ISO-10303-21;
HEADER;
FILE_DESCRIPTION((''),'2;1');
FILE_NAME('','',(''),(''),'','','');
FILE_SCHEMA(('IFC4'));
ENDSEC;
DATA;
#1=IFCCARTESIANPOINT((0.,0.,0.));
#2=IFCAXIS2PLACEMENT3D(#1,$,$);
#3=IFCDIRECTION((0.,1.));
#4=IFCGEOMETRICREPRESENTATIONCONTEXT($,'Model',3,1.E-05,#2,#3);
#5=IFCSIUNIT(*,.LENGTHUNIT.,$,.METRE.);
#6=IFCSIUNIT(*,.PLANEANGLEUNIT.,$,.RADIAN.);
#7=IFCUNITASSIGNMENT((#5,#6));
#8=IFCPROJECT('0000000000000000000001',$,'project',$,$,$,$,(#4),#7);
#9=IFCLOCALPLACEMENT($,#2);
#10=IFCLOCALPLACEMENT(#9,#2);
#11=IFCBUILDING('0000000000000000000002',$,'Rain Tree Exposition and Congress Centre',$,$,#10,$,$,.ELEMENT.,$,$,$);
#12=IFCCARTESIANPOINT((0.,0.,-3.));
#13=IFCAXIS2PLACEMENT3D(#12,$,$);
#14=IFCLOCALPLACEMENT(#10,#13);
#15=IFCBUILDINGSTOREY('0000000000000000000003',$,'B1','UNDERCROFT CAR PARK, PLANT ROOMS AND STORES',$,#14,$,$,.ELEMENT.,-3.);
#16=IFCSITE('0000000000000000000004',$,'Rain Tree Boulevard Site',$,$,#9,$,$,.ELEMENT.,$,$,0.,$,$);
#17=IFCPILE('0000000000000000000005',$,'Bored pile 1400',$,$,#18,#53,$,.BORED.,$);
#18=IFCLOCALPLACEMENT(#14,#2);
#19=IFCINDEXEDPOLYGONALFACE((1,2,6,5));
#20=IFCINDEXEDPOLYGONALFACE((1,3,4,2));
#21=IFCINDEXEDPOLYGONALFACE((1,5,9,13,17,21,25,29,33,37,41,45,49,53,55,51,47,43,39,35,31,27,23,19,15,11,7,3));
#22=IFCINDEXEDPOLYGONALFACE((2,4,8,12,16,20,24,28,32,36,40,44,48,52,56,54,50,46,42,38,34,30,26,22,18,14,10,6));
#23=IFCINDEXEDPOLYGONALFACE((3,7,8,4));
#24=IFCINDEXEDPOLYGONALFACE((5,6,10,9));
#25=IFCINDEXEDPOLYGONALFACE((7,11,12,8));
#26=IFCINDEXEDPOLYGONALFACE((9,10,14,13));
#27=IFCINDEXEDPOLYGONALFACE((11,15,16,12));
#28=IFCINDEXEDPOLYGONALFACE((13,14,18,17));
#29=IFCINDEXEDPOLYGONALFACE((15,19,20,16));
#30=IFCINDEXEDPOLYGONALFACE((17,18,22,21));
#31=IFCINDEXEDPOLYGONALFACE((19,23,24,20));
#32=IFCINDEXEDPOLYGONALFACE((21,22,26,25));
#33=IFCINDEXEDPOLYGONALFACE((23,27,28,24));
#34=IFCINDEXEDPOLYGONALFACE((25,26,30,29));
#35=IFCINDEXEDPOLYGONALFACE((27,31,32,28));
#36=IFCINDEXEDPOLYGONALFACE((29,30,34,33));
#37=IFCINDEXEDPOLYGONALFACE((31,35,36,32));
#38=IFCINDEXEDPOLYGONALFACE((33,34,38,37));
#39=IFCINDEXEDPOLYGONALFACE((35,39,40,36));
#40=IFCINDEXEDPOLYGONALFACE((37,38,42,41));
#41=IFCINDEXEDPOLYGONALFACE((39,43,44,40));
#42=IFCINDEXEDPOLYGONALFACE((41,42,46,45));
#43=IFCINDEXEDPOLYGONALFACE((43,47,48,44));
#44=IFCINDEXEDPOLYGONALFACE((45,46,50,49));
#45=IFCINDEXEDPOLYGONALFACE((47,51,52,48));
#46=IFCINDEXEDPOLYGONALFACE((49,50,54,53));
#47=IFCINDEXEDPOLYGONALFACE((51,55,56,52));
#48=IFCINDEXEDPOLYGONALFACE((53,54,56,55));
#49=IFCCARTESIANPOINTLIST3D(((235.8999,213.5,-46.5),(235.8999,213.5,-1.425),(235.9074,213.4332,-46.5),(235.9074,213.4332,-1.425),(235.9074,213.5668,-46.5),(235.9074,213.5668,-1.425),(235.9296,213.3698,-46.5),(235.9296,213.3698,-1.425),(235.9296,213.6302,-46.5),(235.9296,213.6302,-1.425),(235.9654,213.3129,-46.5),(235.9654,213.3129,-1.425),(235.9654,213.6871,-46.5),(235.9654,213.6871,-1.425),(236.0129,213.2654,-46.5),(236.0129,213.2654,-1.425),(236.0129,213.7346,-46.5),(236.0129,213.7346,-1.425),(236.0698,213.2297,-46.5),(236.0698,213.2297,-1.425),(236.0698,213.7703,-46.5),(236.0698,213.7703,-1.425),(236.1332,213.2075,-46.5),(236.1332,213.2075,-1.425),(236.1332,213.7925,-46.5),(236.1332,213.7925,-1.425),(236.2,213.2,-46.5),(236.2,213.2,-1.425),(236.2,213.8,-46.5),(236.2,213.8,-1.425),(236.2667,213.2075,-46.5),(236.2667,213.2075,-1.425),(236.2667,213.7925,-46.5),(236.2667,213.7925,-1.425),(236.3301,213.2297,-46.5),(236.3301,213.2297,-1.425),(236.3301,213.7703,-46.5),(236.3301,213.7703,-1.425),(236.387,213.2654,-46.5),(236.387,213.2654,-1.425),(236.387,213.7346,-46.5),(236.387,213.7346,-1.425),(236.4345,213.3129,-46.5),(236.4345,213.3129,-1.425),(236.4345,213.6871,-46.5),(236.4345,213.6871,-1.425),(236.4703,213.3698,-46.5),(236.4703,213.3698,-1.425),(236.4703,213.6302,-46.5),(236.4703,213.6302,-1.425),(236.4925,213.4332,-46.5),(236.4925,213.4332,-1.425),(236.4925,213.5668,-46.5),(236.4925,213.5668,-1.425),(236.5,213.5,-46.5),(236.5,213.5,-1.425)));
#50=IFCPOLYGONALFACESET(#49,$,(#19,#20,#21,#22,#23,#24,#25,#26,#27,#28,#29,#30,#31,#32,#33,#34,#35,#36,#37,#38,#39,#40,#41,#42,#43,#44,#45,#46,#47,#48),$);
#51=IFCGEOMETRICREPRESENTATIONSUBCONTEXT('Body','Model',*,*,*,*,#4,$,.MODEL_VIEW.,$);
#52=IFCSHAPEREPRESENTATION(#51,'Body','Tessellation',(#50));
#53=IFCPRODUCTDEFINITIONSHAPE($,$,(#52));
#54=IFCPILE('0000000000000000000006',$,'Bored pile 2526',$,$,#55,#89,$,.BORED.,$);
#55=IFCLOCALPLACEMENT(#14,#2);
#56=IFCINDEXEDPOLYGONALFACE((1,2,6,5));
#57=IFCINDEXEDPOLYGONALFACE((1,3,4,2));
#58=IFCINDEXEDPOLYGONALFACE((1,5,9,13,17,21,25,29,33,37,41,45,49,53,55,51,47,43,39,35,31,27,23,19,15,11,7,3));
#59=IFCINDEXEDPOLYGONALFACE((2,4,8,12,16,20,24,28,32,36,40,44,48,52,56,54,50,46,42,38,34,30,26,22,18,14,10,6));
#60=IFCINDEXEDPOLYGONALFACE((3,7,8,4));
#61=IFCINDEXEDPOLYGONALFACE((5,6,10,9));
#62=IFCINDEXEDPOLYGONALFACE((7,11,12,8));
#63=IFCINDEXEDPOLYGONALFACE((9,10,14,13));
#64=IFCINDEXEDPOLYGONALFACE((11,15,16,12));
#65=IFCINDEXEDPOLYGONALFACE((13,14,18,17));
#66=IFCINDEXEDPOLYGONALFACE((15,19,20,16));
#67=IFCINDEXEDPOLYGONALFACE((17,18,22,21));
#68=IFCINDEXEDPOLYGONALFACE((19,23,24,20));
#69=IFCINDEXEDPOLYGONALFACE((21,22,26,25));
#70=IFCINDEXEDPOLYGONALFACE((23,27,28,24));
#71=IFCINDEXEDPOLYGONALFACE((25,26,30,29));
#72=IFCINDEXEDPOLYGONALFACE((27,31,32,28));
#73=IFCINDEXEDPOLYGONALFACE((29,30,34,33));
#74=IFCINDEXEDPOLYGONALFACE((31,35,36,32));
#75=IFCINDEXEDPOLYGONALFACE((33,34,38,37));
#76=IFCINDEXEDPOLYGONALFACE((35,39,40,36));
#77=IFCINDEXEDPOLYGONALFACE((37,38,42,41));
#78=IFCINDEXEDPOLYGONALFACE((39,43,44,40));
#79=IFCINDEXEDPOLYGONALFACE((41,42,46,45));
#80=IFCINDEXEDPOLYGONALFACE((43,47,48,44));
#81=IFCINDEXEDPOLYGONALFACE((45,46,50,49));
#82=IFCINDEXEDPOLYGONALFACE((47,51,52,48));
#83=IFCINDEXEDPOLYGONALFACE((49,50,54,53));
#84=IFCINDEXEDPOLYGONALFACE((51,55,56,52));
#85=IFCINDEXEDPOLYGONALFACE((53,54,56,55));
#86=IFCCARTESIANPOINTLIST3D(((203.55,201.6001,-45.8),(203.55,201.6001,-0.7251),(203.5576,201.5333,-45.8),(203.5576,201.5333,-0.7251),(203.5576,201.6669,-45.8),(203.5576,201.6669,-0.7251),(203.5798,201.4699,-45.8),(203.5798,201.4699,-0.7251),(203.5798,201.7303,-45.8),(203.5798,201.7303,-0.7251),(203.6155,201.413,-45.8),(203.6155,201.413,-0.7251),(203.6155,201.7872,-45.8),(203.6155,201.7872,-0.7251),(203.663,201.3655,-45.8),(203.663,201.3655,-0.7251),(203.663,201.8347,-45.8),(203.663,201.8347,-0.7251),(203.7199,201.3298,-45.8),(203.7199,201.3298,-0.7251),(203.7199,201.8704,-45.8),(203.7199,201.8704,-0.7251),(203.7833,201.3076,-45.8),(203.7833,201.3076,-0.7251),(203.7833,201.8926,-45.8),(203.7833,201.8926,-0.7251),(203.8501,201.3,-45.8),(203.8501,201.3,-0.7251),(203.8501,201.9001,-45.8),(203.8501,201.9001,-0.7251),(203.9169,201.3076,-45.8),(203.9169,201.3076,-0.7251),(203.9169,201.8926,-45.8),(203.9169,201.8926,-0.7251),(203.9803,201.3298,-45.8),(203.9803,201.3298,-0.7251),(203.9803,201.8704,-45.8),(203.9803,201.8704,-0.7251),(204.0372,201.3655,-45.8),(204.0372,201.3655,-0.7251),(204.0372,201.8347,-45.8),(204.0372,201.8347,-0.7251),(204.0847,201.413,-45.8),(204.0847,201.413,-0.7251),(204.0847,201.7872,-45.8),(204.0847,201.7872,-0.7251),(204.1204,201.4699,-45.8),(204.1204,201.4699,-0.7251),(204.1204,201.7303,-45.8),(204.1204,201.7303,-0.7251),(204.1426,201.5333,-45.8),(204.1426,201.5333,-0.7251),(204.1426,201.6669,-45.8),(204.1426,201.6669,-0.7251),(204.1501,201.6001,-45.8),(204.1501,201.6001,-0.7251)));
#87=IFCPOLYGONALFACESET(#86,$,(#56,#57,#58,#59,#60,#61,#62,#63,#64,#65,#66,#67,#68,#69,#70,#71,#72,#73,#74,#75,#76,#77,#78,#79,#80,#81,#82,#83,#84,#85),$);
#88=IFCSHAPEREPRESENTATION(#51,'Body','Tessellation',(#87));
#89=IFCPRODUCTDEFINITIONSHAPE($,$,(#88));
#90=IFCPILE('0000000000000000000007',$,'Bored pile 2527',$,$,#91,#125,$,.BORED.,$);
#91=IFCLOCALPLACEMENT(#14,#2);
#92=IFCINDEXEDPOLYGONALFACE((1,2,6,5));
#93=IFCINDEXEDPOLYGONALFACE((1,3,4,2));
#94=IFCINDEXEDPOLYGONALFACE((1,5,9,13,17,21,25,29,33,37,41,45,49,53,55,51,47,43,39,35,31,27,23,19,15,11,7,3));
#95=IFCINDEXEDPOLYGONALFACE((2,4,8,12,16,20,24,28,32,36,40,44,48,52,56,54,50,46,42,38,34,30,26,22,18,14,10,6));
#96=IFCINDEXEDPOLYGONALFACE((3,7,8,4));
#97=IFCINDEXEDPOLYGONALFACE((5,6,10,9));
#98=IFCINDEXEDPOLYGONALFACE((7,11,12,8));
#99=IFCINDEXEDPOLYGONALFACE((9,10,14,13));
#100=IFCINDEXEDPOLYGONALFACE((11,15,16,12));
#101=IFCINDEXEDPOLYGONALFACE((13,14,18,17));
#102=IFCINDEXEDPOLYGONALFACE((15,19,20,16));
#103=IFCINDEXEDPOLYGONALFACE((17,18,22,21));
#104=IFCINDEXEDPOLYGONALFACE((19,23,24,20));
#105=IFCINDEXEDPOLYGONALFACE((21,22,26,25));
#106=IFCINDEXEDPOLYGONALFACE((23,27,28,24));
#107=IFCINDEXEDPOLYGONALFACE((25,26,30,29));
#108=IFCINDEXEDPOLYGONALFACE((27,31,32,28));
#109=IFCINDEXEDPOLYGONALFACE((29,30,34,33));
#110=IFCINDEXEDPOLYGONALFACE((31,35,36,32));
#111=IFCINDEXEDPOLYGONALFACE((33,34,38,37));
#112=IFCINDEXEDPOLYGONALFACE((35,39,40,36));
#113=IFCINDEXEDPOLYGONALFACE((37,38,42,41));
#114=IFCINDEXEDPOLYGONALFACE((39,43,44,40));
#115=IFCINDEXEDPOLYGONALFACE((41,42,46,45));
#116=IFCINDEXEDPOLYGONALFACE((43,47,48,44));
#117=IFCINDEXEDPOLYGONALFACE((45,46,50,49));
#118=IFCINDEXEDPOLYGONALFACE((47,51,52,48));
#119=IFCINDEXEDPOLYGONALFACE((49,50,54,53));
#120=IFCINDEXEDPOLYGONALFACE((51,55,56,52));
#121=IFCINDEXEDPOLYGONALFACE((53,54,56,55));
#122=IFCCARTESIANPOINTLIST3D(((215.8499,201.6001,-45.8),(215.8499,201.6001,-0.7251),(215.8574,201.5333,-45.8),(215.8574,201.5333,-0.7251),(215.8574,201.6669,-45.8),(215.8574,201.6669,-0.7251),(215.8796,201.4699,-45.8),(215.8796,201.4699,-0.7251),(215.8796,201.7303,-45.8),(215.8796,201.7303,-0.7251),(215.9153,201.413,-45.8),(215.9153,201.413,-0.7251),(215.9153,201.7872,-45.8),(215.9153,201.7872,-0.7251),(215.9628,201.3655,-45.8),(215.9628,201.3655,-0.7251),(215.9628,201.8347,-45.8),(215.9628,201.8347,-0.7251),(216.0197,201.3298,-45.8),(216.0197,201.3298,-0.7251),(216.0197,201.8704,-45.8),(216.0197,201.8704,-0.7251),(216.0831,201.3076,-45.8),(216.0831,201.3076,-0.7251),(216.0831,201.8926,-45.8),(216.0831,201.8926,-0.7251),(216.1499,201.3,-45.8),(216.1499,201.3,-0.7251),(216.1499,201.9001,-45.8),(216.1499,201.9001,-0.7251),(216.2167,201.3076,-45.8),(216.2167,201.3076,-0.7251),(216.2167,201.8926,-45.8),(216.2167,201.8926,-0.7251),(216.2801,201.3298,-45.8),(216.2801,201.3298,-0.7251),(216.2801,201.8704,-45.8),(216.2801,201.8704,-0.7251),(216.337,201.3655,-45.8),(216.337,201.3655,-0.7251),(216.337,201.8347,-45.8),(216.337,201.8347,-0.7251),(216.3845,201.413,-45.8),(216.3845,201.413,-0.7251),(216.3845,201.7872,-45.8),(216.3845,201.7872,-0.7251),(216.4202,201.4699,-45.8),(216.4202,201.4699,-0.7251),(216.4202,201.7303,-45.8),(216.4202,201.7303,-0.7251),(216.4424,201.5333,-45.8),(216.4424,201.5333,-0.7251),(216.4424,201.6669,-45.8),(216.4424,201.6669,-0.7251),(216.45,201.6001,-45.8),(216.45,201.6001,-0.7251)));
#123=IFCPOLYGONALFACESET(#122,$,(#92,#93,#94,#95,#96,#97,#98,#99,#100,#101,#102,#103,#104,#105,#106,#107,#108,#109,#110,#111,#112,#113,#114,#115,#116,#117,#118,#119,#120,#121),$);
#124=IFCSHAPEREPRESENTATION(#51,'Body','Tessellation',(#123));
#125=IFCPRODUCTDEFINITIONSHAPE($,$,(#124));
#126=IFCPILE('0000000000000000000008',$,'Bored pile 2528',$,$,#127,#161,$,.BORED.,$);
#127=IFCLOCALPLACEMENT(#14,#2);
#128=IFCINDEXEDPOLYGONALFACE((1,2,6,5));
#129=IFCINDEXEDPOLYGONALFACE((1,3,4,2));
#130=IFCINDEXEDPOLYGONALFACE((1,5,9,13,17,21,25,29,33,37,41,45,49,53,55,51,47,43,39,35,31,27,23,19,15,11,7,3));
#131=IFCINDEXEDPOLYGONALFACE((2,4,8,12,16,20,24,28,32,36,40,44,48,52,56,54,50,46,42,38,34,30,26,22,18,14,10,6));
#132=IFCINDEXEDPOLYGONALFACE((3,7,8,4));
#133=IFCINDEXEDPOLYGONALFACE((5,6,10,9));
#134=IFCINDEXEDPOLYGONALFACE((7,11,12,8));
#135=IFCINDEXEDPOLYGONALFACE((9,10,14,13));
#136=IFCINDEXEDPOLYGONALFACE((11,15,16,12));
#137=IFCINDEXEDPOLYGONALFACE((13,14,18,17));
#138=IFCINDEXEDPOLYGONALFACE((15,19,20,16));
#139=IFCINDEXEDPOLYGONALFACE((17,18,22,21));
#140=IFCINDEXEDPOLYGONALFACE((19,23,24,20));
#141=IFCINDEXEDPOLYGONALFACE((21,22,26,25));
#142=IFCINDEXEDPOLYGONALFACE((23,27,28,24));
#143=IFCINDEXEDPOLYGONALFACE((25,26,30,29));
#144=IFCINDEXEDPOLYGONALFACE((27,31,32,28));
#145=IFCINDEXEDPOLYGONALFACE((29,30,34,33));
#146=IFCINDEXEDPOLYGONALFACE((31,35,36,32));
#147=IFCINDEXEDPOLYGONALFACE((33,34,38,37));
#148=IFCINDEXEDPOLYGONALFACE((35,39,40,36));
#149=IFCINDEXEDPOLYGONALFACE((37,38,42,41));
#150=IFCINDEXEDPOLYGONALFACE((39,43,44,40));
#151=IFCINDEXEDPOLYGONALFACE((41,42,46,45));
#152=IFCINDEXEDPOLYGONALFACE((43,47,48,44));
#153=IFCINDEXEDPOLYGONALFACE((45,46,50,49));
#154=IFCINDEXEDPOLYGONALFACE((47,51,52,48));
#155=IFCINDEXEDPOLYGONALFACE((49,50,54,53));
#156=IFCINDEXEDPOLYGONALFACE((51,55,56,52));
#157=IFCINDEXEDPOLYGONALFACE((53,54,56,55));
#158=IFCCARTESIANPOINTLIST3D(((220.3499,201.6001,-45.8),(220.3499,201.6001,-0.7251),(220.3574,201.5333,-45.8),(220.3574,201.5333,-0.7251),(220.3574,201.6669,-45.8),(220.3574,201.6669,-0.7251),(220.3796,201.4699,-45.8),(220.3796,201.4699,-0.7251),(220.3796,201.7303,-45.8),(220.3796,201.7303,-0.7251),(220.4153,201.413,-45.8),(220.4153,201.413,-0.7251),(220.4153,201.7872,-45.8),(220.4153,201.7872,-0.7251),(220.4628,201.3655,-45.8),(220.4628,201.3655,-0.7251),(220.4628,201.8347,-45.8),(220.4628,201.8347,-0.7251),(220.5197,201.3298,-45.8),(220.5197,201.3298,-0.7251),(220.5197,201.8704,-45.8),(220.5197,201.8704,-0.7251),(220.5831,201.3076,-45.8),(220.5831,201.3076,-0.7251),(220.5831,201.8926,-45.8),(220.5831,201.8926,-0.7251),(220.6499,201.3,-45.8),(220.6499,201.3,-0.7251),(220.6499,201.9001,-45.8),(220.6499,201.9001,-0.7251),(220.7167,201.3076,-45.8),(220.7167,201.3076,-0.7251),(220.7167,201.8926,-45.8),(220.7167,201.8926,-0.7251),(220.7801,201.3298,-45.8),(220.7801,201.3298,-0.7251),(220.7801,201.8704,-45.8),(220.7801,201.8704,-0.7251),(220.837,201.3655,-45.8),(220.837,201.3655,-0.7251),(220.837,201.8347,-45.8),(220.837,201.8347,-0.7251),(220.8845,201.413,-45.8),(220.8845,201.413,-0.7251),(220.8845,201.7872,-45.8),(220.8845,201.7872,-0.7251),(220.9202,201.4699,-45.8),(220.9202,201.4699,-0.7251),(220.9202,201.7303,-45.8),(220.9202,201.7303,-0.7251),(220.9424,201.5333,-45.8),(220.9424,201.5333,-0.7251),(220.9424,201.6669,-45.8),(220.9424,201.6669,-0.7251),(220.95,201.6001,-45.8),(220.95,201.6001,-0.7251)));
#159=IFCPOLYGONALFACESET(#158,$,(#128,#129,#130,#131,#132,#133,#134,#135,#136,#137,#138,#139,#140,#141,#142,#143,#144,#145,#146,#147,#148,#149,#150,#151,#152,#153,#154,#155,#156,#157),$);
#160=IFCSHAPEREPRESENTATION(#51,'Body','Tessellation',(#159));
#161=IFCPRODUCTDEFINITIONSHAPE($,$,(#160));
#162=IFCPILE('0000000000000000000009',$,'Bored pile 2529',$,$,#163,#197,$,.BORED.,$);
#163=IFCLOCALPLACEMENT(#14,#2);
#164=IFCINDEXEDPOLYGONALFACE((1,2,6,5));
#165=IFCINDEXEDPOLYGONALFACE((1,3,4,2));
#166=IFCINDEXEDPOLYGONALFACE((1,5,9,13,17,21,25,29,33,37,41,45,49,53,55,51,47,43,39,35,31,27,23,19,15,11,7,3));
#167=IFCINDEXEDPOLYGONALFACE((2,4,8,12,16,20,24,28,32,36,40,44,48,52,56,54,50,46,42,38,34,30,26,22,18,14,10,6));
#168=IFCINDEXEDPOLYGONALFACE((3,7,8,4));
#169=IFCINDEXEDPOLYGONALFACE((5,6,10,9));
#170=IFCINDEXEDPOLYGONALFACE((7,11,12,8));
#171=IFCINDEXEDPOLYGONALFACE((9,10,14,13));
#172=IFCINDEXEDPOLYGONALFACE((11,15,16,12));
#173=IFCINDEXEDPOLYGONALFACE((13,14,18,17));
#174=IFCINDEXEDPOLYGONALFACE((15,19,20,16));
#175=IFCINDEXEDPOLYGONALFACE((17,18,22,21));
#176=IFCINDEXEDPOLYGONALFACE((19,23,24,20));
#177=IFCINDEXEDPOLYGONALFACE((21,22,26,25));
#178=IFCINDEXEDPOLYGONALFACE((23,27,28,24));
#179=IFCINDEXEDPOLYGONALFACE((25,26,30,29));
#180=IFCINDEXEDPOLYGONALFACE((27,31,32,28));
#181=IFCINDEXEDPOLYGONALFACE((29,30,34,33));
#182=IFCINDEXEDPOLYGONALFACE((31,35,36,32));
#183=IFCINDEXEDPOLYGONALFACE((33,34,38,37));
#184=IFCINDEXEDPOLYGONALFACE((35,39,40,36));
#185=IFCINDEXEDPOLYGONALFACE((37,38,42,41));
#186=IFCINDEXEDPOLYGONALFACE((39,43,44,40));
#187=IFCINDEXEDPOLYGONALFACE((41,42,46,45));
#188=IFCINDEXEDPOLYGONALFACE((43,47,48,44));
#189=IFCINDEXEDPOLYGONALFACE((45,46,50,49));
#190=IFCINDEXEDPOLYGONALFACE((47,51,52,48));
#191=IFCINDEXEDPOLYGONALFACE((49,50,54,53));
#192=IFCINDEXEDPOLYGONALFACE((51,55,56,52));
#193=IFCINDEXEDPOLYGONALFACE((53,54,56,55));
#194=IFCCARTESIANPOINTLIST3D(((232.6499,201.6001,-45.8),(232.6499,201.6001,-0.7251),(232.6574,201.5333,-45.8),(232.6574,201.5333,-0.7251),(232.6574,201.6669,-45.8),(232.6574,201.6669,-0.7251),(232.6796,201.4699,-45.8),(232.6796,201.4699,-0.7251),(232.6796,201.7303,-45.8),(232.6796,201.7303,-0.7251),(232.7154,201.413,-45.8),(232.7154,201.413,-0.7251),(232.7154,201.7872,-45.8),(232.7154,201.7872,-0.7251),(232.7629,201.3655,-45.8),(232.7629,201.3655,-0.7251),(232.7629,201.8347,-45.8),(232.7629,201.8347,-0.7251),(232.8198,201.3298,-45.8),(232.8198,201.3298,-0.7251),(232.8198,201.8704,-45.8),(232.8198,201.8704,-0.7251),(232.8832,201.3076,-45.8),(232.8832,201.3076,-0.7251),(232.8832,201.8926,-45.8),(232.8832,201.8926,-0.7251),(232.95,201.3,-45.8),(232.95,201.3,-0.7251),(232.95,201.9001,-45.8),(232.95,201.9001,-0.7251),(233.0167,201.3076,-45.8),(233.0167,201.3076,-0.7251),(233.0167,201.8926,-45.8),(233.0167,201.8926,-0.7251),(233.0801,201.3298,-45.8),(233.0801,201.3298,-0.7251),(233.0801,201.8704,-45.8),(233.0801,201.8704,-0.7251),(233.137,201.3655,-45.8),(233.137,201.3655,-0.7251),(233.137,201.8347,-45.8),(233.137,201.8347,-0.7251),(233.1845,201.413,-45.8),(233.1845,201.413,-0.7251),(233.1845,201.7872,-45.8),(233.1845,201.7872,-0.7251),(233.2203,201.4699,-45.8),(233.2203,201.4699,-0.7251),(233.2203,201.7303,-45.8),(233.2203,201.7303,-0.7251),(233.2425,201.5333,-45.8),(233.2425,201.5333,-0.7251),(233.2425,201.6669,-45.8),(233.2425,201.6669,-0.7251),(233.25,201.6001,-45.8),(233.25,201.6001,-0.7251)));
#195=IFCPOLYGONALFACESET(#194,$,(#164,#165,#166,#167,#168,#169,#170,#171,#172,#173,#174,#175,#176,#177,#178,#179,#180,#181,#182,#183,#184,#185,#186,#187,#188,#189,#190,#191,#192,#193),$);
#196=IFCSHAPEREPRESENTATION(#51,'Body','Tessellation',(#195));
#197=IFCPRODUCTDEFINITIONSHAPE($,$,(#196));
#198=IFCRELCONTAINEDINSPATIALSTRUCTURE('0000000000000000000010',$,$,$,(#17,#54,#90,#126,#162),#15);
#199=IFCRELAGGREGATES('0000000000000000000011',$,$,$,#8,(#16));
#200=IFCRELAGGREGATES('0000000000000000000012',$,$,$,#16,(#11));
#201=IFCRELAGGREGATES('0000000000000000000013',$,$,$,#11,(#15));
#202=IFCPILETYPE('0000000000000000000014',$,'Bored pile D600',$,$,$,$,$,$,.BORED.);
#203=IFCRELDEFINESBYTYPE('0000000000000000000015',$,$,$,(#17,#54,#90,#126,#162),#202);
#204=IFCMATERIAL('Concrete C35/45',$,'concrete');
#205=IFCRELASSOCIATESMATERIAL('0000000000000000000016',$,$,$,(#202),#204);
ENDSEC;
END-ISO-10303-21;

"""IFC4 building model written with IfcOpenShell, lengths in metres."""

from ifc_helpers import new_model, si_unit, direction, frame, origin, origin_2d, place, context, subcontext, project, spatial, circle, extrude, material, material_profile, profile_set, type_object, element, save


model = new_model("IFC4")

# Units and contexts
model_context = context("Model", 3, precision=1e-05, world=origin(), true_north=direction((0.0, 1.0)))
body_context = subcontext(model_context, "Body", "Model", "MODEL_VIEW")
ifc_project = project(units=[si_unit("LENGTHUNIT", "METRE"), si_unit("PLANEANGLEUNIT", "RADIAN")], contexts=[model_context])

# Site, building, storey
site_placement = place(None, origin())
site = spatial("IfcSite", under=ifc_project, at=site_placement, Name="Rain Tree Boulevard Site", CompositionType="ELEMENT", RefElevation=0.0)
building_placement = place(site_placement, origin())
building = spatial("IfcBuilding", under=site, at=building_placement, Name="Rain Tree Exposition and Congress Centre", CompositionType="ELEMENT")
storey_placement = place(building_placement, frame((0.0, 0.0, -3.0)))
storey = spatial("IfcBuildingStorey", under=building, at=storey_placement, Name="B1", Description="UNDERCROFT CAR PARK, PLANT ROOMS AND STORES", CompositionType="ELEMENT", Elevation=-3.0)

# Piles
ifc_material_1 = material(Name="Concrete C35/45", Category="concrete")
ifc_material_profile_1 = material_profile(ifc_material_1, circle(Radius=0.3, at=origin_2d()), Name="D600")
ifc_profile_set_1 = profile_set([ifc_material_profile_1], Name="Concrete C35/45")
pile_type_1 = type_object("IfcPileType", Name="Bored pile D600", PredefinedType="BORED", material=ifc_profile_set_1)
for number, where, z_axis, x_axis, name in (
    (1, (236.2, 213.5, -1.425), (0.0, 0.0, -1.0), (1.0, 0.0, 0.0), "Bored pile 1400"),
    (2, (203.8501, 201.6001, -0.7251), (0.0, 0.0, -1.0), (1.0, 0.0, 0.0), "Bored pile 2526"),
    (3, (216.1499, 201.6001, -0.7251), (0.0, 0.0, -1.0), (1.0, 0.0, 0.0), "Bored pile 2527"),
    (4, (220.6499, 201.6001, -0.7251), (0.0, 0.0, -1.0), (1.0, 0.0, 0.0), "Bored pile 2528"),
    (5, (232.95, 201.6001, -0.7251), (0.0, 0.0, -1.0), (1.0, 0.0, 0.0), "Bored pile 2529"),
):
    element("IfcPile", number, at=place(storey_placement, frame(where, z_axis=z_axis, x_axis=x_axis)), inside=storey, type_object=pile_type_1, Name=name, PredefinedType="BORED", context=body_context, shape_type="SweptSolid", body=[
        extrude(circle(Radius=0.3, at=origin_2d()), origin(), (0.0, 0.0, 1.0), 45.075),
    ])

save(model, "model.ifc")
